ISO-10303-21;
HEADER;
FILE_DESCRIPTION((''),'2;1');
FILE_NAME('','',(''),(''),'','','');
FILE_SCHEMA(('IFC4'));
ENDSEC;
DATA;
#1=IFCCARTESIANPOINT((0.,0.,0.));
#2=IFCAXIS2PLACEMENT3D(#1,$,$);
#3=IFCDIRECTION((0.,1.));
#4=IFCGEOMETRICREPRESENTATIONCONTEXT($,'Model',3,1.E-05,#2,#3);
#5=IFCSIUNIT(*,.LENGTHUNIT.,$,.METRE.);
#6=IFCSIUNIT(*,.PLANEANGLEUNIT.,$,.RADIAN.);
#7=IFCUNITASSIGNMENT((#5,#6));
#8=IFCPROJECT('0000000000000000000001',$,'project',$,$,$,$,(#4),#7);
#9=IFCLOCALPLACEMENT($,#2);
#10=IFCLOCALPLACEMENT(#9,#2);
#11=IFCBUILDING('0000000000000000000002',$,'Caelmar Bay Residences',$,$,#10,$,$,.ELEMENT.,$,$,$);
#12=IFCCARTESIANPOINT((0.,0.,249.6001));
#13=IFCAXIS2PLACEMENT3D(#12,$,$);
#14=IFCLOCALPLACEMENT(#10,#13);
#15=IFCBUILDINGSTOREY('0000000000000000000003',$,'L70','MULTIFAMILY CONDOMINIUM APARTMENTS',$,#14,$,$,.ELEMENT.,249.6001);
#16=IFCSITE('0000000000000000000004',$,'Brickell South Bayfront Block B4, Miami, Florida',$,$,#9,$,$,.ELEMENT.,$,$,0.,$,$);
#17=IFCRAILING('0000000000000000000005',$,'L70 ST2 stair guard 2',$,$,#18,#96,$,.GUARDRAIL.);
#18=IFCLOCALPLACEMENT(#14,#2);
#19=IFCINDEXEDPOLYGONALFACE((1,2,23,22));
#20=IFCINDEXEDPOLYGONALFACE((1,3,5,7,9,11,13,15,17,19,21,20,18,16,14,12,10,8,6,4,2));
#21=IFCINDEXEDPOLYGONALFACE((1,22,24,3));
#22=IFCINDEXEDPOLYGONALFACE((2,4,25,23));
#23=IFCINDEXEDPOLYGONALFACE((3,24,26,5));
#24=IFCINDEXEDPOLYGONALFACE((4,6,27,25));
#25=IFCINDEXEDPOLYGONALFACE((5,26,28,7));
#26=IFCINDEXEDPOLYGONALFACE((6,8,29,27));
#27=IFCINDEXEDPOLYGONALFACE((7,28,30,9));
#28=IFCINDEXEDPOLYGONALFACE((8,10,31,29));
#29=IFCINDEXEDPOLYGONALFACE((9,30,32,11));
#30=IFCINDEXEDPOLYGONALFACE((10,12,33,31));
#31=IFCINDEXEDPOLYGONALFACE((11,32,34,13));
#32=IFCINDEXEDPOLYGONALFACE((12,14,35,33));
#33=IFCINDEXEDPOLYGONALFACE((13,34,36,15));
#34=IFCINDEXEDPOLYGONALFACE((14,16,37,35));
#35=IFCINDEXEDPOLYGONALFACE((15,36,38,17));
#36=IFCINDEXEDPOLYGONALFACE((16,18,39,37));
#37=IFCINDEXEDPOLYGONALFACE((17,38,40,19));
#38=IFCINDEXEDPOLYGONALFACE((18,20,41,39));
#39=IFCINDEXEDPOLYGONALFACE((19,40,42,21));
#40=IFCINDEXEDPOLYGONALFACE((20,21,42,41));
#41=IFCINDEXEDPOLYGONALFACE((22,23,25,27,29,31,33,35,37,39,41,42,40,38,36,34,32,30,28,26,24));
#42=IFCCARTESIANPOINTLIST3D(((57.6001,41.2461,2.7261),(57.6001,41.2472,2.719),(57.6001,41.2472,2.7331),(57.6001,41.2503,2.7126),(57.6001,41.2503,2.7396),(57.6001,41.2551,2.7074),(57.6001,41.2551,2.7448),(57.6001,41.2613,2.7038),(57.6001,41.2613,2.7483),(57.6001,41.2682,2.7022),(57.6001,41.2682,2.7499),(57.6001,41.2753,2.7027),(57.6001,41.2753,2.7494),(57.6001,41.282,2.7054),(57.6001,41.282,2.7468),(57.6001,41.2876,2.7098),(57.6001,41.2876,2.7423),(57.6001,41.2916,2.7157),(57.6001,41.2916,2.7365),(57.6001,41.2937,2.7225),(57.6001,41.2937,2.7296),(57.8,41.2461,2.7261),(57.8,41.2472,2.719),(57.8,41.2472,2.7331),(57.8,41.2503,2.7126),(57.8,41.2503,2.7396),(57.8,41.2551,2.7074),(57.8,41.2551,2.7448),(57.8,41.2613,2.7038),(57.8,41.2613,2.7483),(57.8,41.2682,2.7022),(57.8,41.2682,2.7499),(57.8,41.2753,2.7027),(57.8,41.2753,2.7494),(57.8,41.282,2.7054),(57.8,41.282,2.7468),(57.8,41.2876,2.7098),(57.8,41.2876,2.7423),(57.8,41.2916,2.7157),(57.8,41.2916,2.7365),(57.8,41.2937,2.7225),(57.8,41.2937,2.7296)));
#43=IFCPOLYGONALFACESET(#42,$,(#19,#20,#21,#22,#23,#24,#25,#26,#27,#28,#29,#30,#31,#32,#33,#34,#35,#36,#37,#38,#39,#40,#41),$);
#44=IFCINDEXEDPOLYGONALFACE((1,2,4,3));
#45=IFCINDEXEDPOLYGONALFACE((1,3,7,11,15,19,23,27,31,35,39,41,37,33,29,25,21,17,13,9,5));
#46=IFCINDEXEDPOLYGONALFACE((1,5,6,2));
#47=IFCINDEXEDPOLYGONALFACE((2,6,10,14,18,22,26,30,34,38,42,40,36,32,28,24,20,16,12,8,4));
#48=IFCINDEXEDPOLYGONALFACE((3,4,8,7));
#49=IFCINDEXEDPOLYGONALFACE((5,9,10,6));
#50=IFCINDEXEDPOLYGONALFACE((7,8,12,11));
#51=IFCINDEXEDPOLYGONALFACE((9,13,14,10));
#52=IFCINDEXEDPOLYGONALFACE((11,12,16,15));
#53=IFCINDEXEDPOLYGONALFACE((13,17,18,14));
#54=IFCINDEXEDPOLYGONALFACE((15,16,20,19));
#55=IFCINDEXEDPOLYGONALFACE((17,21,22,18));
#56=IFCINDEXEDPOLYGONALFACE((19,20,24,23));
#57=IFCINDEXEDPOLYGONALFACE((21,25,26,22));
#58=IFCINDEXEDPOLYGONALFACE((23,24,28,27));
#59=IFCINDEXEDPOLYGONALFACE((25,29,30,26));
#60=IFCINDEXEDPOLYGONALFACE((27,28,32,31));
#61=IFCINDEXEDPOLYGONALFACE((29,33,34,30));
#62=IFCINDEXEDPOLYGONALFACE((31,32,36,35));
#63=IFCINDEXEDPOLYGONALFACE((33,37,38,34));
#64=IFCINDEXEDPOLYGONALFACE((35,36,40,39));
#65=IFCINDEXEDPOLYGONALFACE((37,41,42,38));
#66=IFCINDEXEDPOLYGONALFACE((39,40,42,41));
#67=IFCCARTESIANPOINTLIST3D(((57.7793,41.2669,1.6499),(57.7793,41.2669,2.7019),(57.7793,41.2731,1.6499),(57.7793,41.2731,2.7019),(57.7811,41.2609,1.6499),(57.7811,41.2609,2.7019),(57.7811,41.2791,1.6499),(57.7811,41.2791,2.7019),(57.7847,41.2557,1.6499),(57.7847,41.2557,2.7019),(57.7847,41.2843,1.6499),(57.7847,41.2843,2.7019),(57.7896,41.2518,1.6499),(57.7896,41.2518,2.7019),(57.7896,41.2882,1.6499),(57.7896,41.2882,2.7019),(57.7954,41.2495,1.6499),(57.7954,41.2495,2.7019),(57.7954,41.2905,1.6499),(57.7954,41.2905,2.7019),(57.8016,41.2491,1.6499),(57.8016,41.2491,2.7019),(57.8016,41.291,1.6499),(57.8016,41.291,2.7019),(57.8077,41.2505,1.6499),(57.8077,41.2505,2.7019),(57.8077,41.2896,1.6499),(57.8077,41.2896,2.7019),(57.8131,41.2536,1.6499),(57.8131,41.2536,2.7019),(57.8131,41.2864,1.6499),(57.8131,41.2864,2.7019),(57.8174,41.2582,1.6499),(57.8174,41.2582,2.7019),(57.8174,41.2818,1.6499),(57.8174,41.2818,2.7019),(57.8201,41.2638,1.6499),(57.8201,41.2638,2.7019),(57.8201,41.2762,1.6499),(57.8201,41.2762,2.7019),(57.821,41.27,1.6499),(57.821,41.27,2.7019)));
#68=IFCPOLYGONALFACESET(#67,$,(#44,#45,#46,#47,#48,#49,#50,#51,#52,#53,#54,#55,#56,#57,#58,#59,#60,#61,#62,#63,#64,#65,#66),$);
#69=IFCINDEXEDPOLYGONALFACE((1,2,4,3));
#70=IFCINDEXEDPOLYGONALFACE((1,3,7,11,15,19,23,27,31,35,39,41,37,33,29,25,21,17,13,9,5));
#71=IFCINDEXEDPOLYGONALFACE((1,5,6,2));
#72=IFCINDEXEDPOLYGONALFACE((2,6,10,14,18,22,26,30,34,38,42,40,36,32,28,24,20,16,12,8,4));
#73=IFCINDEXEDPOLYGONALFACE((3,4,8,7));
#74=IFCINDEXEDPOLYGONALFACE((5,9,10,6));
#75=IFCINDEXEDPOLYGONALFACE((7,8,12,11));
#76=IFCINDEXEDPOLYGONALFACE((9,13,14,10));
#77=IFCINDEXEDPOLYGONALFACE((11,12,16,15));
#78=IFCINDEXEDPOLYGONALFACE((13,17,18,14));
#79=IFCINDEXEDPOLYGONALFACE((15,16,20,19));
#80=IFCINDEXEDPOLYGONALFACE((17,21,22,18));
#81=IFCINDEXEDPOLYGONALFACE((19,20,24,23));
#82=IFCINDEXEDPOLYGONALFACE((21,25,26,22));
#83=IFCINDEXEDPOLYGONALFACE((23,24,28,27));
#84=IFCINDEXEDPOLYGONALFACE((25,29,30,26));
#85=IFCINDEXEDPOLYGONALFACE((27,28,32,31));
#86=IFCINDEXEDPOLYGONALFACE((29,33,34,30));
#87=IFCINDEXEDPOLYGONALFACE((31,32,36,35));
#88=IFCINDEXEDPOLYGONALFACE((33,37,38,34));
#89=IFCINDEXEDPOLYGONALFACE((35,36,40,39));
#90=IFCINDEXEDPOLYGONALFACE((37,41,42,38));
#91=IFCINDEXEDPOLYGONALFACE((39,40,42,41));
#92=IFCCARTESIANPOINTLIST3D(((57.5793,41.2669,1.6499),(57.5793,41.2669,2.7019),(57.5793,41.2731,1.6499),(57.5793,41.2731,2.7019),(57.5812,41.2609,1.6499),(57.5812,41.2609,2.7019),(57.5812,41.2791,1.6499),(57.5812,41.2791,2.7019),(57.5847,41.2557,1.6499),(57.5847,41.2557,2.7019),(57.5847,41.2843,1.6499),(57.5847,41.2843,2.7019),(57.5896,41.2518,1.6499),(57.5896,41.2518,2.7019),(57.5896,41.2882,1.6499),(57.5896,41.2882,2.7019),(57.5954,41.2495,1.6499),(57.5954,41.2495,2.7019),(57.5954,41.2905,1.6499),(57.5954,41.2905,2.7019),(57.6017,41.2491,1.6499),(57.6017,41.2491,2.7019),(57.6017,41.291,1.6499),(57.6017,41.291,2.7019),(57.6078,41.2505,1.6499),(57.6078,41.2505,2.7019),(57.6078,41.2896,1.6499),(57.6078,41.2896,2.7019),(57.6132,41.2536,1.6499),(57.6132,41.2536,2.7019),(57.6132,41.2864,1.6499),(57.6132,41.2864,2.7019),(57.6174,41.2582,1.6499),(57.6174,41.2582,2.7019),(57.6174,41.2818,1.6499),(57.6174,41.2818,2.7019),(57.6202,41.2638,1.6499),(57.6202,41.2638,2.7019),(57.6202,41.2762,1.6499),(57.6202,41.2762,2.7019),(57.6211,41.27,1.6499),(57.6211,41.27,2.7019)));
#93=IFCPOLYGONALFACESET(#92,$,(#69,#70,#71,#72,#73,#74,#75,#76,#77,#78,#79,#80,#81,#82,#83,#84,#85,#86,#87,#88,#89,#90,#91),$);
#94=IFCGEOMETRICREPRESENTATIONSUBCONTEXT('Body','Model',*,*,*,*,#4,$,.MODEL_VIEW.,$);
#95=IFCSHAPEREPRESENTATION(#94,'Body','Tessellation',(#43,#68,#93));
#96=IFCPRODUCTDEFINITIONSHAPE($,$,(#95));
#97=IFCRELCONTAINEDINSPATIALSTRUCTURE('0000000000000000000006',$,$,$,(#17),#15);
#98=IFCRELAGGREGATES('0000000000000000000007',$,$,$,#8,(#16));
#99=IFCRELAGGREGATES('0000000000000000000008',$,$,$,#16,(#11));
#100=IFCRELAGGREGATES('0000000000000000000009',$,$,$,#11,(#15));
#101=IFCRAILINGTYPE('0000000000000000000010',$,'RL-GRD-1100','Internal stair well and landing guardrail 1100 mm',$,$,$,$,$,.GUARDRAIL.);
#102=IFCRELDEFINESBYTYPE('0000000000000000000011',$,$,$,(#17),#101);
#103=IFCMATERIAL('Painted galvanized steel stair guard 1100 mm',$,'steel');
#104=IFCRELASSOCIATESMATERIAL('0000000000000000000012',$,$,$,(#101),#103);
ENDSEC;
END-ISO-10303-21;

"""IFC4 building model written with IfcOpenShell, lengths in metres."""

from ifc_helpers import new_model, si_unit, direction, frame, origin, origin_2d, place, context, subcontext, project, spatial, circle, extrude, material, type_object, element, save


model = new_model("IFC4")

# Units and contexts
model_context = context("Model", 3, precision=1e-05, world=origin(), true_north=direction((0.0, 1.0)))
body_context = subcontext(model_context, "Body", "Model", "MODEL_VIEW")
ifc_project = project(units=[si_unit("LENGTHUNIT", "METRE"), si_unit("PLANEANGLEUNIT", "RADIAN")], contexts=[model_context])

# Site, building, storey
site_placement = place(None, origin())
site = spatial("IfcSite", under=ifc_project, at=site_placement, Name="Brickell South Bayfront Block B4, Miami, Florida", CompositionType="ELEMENT", RefElevation=0.0)
building_placement = place(site_placement, origin())
building = spatial("IfcBuilding", under=site, at=building_placement, Name="Caelmar Bay Residences", CompositionType="ELEMENT")
storey_placement = place(building_placement, frame((0.0, 0.0, 249.6001)))
storey = spatial("IfcBuildingStorey", under=building, at=storey_placement, Name="L70", Description="MULTIFAMILY CONDOMINIUM APARTMENTS", CompositionType="ELEMENT", Elevation=249.6001)

# Railing
ifc_material_1 = material(Name="Painted galvanized steel stair guard 1100 mm", Category="steel")
railing_type_1 = type_object("IfcRailingType", Name="RL-GRD-1100", Description="Internal stair well and landing guardrail 1100 mm", PredefinedType="GUARDRAIL", material=ifc_material_1)
railing_1_placement = place(storey_placement, frame((57.8, 41.27, 1.6499)))
element("IfcRailing", 1, at=railing_1_placement, inside=storey, type_object=railing_type_1, Name="L70 ST2 stair guard 2", PredefinedType="GUARDRAIL", context=body_context, shape_type="SweptSolid", body=[
    extrude(circle(Radius=0.0239, at=origin_2d()), frame((0.0, 0.0, 1.0762), z_axis=(-1.0, 0.0, 0.0), x_axis=(0.0, -1.0, 0.0)), (0.0, 0.0, 1.0), 0.2),
    extrude(circle(Radius=0.021, at=origin_2d()), origin(), (0.0, 0.0, 1.0), 1.052),
    extrude(circle(Radius=0.021, at=origin_2d()), frame((-0.2, 0.0, 0.0)), (0.0, 0.0, 1.0), 1.052),
])

save(model, "model.ifc")
